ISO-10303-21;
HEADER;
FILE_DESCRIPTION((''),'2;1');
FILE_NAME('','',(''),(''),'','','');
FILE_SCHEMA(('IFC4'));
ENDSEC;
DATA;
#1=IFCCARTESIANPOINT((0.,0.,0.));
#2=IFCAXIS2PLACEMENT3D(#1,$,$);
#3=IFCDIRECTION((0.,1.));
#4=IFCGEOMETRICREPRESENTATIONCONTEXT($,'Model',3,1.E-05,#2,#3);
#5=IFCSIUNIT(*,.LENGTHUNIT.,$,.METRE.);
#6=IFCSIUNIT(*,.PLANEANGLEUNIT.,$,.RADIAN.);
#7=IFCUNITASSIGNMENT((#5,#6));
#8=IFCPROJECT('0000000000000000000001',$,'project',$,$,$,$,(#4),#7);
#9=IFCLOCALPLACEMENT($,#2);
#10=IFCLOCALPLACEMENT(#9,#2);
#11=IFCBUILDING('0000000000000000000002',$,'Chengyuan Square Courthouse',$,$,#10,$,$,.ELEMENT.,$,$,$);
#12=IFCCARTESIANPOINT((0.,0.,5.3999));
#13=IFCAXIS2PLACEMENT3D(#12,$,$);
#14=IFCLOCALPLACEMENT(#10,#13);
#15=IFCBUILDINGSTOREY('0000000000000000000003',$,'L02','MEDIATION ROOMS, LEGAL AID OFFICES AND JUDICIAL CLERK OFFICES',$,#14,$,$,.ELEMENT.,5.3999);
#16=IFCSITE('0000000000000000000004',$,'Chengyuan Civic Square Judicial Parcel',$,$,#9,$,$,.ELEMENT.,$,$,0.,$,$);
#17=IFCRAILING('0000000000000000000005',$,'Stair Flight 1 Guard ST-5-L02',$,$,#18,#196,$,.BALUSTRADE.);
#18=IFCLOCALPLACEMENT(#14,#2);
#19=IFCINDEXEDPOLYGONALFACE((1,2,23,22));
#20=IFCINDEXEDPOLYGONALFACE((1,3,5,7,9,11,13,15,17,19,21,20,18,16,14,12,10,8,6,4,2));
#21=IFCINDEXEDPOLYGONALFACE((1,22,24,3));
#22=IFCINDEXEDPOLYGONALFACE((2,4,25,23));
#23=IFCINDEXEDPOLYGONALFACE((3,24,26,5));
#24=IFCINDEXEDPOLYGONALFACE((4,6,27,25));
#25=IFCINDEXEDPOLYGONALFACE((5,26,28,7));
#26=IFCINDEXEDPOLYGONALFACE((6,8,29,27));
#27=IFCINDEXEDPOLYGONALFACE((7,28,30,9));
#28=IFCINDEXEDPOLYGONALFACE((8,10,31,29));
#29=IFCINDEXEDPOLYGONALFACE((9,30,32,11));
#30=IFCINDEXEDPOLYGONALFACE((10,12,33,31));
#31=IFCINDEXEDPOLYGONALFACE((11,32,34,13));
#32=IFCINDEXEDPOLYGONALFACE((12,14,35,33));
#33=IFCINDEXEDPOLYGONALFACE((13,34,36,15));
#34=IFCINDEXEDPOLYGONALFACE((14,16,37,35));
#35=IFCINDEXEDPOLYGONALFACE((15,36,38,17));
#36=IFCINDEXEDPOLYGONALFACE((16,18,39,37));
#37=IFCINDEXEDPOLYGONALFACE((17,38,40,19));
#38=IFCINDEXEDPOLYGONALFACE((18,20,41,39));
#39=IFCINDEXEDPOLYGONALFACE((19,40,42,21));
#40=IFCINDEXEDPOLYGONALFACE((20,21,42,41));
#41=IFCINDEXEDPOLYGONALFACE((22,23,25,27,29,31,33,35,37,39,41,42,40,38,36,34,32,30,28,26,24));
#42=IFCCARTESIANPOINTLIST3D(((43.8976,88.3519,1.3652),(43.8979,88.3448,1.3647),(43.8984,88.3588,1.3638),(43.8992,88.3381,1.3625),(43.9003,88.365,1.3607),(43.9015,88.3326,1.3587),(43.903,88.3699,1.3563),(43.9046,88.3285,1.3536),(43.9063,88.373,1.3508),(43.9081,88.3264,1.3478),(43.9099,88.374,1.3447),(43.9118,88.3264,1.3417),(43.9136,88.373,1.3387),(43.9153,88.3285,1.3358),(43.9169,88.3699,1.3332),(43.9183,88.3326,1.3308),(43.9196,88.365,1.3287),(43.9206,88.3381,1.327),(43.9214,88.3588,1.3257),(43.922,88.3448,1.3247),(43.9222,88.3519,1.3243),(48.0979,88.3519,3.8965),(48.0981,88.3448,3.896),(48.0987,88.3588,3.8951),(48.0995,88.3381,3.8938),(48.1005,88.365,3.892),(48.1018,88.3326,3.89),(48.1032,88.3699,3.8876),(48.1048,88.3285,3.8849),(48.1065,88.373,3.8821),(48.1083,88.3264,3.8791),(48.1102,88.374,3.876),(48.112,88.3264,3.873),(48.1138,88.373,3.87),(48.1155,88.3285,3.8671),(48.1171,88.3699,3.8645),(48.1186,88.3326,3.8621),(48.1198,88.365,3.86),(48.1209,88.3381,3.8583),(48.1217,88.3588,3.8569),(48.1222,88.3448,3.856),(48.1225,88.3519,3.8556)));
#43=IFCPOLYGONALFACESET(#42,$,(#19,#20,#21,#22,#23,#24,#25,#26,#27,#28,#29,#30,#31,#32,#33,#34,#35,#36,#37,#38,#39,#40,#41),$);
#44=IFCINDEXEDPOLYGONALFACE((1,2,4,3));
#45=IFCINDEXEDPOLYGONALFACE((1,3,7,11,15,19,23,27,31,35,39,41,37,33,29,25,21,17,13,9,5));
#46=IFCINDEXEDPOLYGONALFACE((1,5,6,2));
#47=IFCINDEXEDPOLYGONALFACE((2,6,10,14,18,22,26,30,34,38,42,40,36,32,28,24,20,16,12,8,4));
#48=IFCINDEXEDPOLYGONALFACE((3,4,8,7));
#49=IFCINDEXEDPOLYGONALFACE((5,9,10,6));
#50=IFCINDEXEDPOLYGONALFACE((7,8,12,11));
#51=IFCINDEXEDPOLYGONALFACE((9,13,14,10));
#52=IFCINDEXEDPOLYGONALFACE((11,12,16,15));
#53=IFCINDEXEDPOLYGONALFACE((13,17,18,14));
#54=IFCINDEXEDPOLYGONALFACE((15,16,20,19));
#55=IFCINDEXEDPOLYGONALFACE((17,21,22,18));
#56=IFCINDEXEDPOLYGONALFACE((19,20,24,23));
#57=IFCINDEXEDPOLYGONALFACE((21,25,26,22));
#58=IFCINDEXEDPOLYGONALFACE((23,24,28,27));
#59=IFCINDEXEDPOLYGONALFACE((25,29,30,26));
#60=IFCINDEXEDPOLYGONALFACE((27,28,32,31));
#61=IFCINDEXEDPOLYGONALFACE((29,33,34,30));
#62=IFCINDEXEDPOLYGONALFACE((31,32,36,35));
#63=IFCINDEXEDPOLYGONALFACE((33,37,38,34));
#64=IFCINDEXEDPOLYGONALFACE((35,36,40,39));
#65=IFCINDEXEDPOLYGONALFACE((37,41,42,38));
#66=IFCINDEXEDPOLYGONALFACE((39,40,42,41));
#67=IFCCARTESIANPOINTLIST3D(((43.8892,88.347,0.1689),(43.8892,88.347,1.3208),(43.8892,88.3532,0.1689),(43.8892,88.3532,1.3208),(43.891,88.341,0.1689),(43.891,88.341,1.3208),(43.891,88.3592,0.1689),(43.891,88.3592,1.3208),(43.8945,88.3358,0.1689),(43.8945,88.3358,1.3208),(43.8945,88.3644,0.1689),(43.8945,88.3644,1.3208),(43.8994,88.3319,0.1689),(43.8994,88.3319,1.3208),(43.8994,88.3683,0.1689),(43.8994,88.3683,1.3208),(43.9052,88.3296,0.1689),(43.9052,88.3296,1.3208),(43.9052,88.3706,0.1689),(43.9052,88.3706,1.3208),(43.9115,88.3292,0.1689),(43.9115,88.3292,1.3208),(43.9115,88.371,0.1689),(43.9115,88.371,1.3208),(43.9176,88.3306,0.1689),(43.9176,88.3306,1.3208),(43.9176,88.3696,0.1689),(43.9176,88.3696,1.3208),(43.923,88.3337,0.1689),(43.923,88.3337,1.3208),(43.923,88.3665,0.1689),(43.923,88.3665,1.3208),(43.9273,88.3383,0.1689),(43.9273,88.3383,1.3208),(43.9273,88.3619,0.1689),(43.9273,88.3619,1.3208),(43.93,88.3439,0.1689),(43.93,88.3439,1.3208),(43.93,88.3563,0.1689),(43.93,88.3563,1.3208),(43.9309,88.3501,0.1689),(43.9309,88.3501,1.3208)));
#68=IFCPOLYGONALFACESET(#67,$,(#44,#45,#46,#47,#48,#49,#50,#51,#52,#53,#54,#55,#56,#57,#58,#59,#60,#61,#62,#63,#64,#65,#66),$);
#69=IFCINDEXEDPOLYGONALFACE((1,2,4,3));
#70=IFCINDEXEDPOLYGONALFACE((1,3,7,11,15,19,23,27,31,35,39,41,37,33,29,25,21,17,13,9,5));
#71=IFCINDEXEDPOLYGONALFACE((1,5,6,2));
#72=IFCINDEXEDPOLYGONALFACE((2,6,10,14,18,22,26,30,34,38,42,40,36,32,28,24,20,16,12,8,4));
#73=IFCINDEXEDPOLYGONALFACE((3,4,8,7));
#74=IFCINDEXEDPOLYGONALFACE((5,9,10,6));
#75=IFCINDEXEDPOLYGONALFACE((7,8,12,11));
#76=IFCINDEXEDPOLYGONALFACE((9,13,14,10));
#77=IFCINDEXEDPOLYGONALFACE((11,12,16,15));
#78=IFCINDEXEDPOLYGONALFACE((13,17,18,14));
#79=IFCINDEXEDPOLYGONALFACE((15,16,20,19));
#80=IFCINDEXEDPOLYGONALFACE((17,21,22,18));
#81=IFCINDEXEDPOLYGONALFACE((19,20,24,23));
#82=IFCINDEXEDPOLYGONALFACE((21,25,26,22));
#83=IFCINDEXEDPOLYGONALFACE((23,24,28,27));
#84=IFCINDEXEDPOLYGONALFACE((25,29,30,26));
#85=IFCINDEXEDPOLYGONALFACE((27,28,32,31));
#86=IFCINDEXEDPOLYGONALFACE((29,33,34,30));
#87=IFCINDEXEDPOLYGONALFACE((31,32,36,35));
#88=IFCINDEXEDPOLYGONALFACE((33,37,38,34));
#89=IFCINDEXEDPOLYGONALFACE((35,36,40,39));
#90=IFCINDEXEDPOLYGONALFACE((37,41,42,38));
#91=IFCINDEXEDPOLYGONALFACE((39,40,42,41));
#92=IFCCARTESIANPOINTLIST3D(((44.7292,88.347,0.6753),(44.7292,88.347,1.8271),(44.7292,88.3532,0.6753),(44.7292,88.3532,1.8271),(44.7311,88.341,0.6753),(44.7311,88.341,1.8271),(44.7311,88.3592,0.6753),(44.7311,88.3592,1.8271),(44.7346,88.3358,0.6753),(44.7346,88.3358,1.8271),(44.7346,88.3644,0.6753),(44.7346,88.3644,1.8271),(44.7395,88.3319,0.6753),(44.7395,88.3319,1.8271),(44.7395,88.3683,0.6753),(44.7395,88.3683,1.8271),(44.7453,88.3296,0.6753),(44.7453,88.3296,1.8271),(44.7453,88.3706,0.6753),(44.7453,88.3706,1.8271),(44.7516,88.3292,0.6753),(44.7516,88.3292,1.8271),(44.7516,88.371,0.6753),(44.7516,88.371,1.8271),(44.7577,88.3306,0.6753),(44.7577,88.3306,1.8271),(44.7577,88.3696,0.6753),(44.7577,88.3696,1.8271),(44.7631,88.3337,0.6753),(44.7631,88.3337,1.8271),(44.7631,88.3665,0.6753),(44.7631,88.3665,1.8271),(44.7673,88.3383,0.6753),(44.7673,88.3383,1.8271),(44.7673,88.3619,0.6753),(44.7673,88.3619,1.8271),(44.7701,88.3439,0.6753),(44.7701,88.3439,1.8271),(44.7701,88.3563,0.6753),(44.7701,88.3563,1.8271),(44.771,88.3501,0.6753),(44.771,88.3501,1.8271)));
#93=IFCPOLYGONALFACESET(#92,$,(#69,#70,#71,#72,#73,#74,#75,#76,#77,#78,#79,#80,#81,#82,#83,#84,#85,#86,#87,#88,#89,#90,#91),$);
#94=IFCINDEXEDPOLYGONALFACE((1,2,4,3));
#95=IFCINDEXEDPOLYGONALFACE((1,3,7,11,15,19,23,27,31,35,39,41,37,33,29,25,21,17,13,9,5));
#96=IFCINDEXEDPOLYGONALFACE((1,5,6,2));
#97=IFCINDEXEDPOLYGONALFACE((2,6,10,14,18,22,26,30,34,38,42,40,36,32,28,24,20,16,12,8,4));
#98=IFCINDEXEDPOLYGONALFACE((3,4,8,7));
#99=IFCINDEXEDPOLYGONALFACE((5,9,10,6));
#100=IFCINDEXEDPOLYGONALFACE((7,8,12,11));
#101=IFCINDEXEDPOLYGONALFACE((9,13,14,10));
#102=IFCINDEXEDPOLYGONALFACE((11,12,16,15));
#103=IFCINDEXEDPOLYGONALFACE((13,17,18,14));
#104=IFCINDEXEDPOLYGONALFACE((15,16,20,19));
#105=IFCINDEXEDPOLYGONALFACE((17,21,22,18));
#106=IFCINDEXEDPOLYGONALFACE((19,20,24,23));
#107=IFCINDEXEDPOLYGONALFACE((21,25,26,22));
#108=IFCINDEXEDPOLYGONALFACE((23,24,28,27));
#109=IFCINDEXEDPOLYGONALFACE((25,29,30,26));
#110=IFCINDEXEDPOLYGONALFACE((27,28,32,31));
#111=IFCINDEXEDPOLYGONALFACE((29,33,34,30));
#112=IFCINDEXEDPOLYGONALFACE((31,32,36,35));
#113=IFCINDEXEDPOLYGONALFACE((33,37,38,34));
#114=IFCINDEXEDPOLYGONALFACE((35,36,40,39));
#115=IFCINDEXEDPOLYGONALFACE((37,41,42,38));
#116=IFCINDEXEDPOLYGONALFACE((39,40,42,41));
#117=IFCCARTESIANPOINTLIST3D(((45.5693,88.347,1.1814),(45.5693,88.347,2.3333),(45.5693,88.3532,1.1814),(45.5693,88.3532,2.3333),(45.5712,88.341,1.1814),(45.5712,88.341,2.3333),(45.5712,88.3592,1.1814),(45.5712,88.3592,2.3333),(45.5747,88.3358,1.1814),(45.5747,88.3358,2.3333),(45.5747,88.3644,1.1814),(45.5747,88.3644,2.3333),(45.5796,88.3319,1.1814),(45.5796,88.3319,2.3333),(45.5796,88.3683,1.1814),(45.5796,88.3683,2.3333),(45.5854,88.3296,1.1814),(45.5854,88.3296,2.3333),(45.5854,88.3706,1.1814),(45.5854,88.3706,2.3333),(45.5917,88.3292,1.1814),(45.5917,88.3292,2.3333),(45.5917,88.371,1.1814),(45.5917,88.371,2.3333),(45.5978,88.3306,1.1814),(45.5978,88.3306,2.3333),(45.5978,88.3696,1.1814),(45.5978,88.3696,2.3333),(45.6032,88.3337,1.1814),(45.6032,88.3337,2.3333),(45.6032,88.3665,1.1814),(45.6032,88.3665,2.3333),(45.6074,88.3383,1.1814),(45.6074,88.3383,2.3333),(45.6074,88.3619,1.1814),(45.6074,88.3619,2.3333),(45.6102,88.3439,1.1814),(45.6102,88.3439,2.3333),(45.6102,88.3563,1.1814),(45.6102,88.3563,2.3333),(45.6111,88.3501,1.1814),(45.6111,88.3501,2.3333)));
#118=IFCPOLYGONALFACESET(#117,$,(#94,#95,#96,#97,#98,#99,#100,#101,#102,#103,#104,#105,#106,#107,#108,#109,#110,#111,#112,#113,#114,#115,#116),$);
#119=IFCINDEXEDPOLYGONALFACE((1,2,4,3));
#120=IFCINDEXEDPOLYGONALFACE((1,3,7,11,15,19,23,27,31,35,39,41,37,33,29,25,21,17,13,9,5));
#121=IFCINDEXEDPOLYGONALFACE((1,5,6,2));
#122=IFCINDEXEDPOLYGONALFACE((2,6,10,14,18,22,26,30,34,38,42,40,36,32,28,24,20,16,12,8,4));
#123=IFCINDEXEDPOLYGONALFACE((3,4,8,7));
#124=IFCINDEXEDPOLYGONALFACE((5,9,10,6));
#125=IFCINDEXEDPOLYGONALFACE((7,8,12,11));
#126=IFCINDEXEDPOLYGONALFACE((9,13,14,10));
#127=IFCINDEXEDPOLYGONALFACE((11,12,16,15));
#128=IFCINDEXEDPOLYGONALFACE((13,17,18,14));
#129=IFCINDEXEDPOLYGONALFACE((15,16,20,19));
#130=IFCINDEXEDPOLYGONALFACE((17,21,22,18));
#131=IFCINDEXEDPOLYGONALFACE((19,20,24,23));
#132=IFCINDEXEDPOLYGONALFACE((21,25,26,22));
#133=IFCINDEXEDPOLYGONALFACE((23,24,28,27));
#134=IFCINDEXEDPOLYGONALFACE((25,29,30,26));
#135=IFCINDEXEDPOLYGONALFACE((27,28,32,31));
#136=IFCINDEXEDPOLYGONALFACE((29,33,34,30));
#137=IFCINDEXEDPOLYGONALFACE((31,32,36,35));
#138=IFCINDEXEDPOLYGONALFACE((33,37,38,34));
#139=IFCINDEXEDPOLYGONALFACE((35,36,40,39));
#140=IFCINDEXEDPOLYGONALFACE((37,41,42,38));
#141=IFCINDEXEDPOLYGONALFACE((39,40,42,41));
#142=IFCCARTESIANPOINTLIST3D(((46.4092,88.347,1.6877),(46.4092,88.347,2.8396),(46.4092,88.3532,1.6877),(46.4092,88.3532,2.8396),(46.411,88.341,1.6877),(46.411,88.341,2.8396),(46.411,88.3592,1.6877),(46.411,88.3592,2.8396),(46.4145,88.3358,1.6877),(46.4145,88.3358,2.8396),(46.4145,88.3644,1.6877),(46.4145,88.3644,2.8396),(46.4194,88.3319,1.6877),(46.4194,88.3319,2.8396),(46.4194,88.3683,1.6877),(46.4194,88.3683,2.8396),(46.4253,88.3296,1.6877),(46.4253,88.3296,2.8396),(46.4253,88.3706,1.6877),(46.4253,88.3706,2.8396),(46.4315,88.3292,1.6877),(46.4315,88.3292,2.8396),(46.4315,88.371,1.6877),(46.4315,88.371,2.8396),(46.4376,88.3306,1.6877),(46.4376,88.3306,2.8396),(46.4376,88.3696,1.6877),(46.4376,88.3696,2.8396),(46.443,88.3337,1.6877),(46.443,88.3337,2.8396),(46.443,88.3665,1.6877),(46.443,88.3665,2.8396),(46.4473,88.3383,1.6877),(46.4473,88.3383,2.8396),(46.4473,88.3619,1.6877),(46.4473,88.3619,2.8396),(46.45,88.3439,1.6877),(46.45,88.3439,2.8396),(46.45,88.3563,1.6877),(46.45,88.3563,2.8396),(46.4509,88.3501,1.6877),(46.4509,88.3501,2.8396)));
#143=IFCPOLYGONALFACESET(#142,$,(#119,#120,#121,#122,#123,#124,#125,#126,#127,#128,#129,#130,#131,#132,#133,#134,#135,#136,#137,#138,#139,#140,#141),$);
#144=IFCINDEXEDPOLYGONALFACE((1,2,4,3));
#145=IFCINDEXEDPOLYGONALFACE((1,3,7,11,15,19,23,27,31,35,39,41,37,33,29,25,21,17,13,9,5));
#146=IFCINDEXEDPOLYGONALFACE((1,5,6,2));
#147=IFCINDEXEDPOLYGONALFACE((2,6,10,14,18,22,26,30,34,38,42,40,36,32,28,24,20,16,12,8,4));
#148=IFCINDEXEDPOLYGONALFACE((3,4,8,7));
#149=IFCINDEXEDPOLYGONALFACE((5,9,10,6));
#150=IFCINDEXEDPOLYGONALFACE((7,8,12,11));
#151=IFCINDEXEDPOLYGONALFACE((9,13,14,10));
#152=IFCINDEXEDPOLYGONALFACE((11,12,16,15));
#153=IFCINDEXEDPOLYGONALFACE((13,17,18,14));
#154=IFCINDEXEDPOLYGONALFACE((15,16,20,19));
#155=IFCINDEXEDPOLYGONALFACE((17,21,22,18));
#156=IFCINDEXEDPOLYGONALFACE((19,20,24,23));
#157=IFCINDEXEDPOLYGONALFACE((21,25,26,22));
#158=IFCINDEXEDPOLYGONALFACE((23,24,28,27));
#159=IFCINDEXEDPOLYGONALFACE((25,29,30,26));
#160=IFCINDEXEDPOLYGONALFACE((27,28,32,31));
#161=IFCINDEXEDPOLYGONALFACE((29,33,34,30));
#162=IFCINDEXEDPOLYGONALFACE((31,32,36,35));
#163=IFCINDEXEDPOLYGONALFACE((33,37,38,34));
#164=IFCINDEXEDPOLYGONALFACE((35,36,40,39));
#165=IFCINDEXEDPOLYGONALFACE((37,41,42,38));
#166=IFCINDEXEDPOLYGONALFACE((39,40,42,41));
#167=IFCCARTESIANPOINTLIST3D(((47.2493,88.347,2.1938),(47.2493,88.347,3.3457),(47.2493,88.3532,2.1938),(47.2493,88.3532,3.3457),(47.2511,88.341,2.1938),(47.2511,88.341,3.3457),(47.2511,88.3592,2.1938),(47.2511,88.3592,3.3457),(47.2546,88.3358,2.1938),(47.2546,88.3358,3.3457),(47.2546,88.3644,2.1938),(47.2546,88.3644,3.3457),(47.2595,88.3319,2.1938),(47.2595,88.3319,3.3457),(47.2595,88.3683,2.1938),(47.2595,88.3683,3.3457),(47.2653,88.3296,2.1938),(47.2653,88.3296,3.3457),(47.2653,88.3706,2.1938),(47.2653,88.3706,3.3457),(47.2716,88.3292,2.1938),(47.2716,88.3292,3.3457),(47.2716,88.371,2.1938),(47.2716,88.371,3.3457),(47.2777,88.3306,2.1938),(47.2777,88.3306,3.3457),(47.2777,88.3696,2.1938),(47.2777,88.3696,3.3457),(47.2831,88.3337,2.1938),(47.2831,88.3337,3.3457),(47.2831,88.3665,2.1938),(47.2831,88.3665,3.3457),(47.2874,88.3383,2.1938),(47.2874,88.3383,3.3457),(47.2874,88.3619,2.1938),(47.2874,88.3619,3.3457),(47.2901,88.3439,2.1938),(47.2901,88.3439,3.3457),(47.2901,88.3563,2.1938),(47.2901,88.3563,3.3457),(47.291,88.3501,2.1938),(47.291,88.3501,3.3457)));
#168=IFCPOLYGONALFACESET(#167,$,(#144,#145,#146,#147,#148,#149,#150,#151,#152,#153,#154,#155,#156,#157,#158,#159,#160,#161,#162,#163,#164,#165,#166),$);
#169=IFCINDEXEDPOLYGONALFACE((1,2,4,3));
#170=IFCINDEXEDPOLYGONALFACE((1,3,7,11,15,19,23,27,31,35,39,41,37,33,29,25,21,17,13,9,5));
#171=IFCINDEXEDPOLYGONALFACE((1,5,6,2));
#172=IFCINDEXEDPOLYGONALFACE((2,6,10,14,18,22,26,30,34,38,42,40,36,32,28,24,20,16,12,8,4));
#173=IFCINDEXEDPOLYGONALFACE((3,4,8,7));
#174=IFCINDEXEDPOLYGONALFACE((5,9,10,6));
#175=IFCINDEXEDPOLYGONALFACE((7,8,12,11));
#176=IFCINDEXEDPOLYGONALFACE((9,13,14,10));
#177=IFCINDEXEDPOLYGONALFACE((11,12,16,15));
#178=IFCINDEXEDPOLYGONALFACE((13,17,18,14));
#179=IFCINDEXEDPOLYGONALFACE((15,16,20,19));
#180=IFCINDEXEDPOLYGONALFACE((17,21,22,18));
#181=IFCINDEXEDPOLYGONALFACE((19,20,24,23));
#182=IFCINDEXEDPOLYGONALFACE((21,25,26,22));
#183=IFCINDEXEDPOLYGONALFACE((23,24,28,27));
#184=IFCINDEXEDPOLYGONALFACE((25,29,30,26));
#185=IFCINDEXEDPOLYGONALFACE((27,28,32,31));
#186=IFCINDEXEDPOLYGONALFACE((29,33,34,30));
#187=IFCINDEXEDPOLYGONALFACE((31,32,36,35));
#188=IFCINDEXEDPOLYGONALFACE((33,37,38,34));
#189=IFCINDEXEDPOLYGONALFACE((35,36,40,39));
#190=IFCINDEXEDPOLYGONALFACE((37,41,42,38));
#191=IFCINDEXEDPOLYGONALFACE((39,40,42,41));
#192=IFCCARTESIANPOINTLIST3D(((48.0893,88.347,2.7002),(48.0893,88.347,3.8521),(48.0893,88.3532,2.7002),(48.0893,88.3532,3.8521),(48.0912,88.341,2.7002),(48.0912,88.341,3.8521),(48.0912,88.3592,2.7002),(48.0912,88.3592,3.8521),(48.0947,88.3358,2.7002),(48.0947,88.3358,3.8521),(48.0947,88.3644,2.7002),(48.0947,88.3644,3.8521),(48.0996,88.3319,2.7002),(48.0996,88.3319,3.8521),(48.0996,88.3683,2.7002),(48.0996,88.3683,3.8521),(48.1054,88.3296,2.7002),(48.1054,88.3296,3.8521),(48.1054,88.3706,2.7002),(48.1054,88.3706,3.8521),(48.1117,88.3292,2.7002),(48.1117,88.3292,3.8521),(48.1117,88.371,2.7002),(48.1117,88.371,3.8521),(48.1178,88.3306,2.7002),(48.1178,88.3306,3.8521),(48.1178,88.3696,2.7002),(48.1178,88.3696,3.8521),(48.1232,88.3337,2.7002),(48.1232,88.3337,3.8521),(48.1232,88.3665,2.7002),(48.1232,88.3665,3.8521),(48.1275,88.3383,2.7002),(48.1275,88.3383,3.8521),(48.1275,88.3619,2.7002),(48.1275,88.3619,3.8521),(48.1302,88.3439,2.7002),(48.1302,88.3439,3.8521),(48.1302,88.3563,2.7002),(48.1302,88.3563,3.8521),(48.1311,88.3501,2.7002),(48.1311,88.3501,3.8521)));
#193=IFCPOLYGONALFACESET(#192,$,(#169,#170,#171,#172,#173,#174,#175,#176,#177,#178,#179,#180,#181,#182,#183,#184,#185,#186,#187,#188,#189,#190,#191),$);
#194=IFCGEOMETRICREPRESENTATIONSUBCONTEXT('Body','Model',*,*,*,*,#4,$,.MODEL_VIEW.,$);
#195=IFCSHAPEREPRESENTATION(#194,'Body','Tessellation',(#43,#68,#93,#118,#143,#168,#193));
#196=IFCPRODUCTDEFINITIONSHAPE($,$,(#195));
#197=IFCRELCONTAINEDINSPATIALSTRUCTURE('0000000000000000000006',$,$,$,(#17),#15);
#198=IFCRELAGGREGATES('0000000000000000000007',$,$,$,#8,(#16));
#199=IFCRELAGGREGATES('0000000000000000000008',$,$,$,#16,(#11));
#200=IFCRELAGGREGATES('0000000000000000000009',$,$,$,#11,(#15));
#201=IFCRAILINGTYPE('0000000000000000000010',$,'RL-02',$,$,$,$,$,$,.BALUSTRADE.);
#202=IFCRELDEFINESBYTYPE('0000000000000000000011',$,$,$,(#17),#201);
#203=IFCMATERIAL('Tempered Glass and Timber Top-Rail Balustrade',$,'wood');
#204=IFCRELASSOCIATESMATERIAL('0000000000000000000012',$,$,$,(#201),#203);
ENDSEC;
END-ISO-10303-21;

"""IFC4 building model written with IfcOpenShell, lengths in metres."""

from ifc_helpers import new_model, si_unit, direction, frame, origin, origin_2d, place, context, subcontext, project, spatial, circle, extrude, material, type_object, element, save


model = new_model("IFC4")

# Units and contexts
model_context = context("Model", 3, precision=1e-05, world=origin(), true_north=direction((0.0, 1.0)))
body_context = subcontext(model_context, "Body", "Model", "MODEL_VIEW")
ifc_project = project(units=[si_unit("LENGTHUNIT", "METRE"), si_unit("PLANEANGLEUNIT", "RADIAN")], contexts=[model_context])

# Site, building, storey
site_placement = place(None, origin())
site = spatial("IfcSite", under=ifc_project, at=site_placement, Name="Chengyuan Civic Square Judicial Parcel", CompositionType="ELEMENT", RefElevation=0.0)
building_placement = place(site_placement, origin())
building = spatial("IfcBuilding", under=site, at=building_placement, Name="Chengyuan Square Courthouse", CompositionType="ELEMENT")
storey_placement = place(building_placement, frame((0.0, 0.0, 5.3999)))
storey = spatial("IfcBuildingStorey", under=building, at=storey_placement, Name="L02", Description="MEDIATION ROOMS, LEGAL AID OFFICES AND JUDICIAL CLERK OFFICES", CompositionType="ELEMENT", Elevation=5.3999)

# Railing
ifc_material_1 = material(Name="Tempered Glass and Timber Top-Rail Balustrade", Category="wood")
railing_type_1 = type_object("IfcRailingType", Name="RL-02", PredefinedType="BALUSTRADE", material=ifc_material_1)
railing_1_placement = place(storey_placement, frame((43.9099, 88.3501, 0.1689)))
element("IfcRailing", 1, at=railing_1_placement, inside=storey, type_object=railing_type_1, Name="Stair Flight 1 Guard ST-5-L02", PredefinedType="BALUSTRADE", context=body_context, shape_type="SweptSolid", body=[
    extrude(circle(Radius=0.0239, at=origin_2d()), frame((0.0, 0.0, 1.1758), z_axis=(0.85649, 0.0, 0.516164), x_axis=(0.0, 1.0, 0.0)), (0.0, 0.0, 1.0), 4.9041),
    extrude(circle(Radius=0.021, at=origin_2d()), origin(), (0.0, 0.0, 1.0), 1.1519),
    extrude(circle(Radius=0.021, at=origin_2d()), frame((0.8401, 0.0, 0.5063)), (0.0, 0.0, 1.0), 1.1519),
    extrude(circle(Radius=0.021, at=origin_2d()), frame((1.6802, 0.0, 1.0125)), (0.0, 0.0, 1.0), 1.1519),
    extrude(circle(Radius=0.021, at=origin_2d()), frame((2.52, 0.0, 1.5188)), (0.0, 0.0, 1.0), 1.1519),
    extrude(circle(Radius=0.021, at=origin_2d()), frame((3.3601, 0.0, 2.0249)), (0.0, 0.0, 1.0), 1.1519),
    extrude(circle(Radius=0.021, at=origin_2d()), frame((4.2002, 0.0, 2.5312)), (0.0, 0.0, 1.0), 1.1519),
])

save(model, "model.ifc")
